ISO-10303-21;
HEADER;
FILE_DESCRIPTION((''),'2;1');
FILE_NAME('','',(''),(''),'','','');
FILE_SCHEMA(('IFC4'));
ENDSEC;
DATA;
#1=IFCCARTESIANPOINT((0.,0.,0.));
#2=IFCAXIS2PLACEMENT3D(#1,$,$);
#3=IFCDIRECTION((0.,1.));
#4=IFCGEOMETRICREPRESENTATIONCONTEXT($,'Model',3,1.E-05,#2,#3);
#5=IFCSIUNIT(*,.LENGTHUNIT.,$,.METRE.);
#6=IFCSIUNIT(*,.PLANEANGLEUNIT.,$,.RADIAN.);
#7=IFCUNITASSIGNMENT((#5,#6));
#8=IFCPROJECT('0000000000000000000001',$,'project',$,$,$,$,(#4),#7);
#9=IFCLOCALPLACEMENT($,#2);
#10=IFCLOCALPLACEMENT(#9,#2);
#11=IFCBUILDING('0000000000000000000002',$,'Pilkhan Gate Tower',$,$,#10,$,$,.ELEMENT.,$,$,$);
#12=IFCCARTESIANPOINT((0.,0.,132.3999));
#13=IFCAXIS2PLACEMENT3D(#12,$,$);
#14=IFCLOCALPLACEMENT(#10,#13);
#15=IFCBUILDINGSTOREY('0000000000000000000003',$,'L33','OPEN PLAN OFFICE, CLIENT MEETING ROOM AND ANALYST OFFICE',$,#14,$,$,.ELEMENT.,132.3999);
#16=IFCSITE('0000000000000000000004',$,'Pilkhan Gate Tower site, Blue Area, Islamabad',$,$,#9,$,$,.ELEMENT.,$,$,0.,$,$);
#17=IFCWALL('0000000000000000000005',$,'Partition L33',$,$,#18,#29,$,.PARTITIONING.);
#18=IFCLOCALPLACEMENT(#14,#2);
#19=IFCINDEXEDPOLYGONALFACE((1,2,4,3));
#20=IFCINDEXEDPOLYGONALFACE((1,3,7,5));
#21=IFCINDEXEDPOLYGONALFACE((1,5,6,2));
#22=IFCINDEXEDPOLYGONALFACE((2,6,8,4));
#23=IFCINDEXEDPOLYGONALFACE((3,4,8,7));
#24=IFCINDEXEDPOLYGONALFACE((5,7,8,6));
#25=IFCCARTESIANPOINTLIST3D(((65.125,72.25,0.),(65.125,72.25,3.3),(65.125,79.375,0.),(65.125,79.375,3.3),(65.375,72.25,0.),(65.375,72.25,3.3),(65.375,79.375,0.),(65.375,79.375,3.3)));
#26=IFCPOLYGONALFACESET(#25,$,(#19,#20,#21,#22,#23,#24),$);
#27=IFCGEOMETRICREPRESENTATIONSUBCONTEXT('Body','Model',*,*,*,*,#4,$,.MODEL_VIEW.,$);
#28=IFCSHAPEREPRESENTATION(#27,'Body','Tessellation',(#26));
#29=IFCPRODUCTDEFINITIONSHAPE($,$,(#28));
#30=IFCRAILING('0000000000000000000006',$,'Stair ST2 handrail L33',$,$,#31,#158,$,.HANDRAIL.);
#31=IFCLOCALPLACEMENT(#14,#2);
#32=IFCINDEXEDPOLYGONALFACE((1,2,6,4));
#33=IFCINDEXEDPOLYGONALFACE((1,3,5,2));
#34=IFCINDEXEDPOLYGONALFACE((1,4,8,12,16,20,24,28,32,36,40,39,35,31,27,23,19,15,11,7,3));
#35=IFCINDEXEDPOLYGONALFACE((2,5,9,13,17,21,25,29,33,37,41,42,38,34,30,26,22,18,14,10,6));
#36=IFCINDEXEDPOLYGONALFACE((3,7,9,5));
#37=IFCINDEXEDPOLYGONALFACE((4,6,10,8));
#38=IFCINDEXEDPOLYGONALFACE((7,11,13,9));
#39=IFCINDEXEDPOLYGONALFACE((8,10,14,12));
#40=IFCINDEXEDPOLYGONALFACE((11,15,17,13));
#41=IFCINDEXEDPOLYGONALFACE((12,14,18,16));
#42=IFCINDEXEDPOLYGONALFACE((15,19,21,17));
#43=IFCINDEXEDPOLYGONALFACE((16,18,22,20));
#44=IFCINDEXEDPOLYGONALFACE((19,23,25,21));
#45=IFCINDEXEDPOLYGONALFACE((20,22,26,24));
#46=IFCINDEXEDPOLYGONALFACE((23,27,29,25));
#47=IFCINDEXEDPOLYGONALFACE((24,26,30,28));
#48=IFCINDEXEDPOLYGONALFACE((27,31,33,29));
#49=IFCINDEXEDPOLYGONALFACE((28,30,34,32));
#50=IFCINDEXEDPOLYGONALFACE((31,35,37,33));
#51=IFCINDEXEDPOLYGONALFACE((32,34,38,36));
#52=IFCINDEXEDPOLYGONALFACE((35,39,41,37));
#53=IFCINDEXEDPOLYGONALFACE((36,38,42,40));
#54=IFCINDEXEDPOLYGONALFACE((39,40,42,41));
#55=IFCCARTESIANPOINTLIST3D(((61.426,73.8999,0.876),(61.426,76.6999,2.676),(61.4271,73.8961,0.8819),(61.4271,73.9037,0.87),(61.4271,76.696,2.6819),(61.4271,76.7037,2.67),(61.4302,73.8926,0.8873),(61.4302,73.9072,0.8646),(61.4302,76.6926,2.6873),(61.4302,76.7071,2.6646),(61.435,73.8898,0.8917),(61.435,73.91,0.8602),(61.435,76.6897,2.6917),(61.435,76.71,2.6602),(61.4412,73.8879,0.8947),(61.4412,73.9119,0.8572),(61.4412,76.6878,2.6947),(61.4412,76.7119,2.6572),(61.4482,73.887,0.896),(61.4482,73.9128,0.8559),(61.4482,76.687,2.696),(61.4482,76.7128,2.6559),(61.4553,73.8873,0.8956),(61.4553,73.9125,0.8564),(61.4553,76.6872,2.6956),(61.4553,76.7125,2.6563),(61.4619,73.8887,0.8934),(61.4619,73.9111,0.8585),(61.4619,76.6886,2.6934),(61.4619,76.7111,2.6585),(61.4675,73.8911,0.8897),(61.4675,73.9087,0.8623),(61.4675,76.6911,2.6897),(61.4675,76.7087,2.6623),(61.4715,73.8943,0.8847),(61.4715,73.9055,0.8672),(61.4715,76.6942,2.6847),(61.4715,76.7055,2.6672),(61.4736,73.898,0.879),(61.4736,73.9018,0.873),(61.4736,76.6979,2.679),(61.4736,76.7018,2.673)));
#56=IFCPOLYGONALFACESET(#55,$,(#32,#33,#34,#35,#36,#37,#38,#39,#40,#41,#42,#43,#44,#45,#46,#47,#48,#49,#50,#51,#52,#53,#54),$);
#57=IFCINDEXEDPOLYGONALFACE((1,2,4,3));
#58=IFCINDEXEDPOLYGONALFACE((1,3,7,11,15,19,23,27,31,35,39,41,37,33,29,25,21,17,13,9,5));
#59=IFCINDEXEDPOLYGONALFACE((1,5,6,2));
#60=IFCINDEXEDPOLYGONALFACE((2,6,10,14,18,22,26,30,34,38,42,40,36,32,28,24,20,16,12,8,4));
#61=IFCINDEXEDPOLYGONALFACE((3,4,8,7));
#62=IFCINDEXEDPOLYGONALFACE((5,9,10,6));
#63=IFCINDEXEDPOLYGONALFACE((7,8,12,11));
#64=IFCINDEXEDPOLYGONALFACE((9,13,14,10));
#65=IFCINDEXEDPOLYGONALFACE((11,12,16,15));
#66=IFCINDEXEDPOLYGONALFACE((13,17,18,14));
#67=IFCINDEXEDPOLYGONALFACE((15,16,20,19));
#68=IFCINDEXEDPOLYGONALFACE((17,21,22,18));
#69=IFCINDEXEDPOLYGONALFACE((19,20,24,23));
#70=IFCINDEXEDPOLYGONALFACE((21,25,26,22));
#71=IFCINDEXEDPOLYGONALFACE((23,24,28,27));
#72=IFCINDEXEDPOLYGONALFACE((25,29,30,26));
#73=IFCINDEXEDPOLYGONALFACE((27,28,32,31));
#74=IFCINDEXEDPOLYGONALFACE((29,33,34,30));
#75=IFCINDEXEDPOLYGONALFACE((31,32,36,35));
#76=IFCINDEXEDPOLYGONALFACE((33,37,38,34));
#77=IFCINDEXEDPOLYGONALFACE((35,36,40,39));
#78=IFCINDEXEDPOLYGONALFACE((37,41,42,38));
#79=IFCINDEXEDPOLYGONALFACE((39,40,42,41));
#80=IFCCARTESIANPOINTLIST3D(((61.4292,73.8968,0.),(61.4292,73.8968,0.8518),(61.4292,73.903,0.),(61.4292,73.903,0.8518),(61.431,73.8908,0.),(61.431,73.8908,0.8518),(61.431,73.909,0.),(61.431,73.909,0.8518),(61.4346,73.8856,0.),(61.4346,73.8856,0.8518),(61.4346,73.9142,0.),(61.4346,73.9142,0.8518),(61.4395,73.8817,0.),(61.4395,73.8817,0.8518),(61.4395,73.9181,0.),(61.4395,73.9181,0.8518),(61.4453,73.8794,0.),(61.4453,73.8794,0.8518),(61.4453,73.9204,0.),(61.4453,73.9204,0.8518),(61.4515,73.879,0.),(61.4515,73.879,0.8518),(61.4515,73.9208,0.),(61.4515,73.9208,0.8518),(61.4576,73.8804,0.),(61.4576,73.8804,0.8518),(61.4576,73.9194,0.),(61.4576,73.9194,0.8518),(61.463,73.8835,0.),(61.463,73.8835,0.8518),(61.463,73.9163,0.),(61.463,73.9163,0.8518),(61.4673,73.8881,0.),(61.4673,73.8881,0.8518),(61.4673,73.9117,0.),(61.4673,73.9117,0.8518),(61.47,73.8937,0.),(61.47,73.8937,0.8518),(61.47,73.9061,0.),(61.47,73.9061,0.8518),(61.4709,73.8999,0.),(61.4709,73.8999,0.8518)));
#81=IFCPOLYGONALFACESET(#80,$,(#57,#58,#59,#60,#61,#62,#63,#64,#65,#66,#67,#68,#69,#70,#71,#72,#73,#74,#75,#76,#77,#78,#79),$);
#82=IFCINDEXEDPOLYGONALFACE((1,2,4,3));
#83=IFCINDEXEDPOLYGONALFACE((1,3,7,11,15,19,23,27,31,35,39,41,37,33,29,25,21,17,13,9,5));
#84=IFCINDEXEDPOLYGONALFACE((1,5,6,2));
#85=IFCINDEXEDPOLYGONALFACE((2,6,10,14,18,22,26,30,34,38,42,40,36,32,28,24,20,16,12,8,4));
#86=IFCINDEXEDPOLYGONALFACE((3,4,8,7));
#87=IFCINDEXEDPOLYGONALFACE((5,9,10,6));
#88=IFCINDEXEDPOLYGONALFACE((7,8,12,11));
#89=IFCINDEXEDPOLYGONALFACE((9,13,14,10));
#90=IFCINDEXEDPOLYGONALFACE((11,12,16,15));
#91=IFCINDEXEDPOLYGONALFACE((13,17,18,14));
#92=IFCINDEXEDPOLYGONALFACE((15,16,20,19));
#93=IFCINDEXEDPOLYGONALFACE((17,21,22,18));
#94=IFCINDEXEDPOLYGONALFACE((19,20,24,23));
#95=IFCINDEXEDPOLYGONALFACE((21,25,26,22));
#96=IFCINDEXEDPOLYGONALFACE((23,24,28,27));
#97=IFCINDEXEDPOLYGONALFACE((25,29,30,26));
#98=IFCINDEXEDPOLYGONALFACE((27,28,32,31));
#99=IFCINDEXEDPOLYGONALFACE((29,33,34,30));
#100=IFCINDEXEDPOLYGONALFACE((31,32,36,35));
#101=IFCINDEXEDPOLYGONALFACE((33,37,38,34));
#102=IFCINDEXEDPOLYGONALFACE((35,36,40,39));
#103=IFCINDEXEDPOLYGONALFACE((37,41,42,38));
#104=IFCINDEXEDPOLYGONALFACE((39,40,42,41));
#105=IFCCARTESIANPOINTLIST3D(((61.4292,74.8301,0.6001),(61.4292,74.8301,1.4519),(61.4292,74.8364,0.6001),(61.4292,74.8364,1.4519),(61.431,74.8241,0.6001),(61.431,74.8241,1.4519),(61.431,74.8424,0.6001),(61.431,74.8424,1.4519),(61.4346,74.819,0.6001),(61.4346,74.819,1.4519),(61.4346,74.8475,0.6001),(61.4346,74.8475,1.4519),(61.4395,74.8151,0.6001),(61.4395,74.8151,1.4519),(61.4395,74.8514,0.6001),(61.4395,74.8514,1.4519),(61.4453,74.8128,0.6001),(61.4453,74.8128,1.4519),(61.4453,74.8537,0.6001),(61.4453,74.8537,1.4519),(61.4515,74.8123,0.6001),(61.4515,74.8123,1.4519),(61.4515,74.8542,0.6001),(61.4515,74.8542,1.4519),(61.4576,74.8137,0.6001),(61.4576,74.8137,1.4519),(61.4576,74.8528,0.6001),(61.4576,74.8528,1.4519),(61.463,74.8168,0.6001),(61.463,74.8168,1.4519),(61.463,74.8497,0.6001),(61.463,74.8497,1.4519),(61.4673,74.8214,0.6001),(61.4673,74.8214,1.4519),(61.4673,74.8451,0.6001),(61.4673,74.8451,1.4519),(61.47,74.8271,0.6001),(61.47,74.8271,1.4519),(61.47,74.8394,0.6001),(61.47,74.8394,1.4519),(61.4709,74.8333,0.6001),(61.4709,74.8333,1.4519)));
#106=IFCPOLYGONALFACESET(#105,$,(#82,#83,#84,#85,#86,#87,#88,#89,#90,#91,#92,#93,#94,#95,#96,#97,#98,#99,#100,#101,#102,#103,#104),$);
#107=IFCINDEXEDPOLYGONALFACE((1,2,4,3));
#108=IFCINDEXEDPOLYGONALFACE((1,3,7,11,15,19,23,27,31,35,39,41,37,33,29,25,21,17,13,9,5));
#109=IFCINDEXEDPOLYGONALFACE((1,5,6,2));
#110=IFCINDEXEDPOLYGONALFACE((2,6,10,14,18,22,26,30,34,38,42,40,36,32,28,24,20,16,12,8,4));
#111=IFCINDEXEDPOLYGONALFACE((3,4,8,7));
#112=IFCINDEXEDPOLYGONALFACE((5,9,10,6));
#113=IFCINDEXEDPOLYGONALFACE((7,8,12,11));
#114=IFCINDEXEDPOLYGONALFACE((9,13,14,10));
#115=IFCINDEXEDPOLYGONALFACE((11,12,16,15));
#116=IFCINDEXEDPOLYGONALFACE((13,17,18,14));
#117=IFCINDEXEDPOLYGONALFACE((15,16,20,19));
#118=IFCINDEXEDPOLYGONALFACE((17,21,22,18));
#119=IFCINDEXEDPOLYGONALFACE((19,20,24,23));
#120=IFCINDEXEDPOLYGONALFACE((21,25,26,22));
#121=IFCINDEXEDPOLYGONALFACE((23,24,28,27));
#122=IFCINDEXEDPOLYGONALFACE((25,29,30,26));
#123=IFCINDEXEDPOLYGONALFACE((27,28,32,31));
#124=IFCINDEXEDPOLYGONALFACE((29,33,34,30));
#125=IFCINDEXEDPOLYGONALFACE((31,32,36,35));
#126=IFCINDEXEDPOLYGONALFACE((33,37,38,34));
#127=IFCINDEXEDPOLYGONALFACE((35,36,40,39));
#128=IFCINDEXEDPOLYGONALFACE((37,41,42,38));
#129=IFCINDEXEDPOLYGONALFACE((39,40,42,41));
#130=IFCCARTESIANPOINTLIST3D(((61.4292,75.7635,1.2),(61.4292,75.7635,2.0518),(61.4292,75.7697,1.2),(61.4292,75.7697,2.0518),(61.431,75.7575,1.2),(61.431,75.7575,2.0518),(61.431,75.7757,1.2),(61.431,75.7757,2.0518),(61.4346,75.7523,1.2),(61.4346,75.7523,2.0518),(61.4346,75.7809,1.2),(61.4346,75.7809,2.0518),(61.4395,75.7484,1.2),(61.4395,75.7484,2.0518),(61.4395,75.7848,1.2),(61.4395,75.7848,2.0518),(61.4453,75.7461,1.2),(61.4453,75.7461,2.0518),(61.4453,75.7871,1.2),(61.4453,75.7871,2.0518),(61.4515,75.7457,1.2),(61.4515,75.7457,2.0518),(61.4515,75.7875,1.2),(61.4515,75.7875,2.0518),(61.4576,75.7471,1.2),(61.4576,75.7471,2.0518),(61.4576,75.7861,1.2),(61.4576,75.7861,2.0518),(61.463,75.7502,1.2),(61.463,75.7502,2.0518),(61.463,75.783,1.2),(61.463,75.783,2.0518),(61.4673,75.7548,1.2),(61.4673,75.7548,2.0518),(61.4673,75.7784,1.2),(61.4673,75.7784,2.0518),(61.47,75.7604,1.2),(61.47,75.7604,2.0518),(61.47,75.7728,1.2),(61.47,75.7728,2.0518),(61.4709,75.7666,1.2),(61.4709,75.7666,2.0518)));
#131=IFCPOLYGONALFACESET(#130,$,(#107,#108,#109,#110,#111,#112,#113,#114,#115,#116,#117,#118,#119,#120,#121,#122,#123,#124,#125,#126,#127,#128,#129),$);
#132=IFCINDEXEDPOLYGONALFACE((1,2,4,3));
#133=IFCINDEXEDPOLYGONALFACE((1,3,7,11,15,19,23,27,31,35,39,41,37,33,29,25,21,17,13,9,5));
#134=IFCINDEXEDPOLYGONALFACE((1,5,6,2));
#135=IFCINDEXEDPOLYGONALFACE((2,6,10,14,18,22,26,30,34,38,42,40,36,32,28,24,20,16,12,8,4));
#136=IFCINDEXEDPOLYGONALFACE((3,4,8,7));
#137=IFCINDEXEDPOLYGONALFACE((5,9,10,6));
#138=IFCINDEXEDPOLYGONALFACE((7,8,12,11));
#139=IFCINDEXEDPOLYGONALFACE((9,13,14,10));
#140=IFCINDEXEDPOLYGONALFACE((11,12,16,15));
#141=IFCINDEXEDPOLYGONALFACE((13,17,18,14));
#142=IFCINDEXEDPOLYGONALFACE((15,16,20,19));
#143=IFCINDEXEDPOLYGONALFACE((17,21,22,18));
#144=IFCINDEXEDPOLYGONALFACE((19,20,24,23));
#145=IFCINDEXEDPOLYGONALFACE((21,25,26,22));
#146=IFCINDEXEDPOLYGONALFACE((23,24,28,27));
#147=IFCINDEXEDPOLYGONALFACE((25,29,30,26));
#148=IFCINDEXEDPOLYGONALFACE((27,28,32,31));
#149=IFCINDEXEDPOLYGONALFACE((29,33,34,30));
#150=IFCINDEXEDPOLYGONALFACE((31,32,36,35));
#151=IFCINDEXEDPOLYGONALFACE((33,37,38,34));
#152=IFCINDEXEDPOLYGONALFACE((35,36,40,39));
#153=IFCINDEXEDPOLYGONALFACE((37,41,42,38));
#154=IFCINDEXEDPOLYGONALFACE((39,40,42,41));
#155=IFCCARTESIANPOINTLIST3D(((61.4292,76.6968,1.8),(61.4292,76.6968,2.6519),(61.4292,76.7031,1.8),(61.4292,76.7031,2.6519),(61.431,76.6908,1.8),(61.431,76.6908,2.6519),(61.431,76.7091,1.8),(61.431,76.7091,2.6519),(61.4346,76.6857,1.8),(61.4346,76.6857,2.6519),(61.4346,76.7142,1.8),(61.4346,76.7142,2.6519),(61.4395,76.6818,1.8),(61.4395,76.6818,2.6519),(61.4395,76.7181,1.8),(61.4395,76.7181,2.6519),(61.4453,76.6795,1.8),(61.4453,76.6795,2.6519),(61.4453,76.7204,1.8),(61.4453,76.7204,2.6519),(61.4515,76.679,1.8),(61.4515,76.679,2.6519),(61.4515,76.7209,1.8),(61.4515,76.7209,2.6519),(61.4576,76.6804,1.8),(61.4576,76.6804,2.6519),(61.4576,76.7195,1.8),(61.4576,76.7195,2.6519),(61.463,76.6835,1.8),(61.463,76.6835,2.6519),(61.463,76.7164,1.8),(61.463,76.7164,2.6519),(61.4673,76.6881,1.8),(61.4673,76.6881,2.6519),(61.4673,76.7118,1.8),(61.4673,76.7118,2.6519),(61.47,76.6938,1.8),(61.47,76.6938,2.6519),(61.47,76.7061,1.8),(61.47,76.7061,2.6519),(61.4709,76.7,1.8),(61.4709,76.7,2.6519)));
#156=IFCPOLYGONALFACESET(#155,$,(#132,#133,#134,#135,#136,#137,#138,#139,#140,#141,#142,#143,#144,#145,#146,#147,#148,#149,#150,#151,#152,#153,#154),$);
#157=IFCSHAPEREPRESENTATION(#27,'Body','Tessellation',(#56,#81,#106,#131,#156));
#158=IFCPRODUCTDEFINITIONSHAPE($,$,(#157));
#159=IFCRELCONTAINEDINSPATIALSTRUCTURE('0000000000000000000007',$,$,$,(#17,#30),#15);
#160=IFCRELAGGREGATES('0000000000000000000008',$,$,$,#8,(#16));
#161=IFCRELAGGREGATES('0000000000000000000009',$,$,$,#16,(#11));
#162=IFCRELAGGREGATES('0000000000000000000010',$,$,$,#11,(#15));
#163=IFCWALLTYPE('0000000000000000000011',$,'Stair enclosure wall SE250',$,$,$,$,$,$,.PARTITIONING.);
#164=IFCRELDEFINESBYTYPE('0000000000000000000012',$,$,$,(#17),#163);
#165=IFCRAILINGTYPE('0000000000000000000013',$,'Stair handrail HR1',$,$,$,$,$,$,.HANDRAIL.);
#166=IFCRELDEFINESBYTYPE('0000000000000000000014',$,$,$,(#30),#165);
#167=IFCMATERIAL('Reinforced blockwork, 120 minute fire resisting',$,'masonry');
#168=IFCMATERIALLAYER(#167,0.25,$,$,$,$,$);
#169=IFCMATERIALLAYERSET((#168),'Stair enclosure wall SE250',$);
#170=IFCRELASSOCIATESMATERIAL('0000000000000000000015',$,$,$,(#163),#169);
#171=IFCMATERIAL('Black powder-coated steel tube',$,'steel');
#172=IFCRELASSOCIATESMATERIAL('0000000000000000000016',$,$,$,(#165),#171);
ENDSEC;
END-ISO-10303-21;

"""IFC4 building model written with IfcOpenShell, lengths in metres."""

from ifc_helpers import new_model, si_unit, direction, frame, frame_2d, origin, origin_2d, place, context, subcontext, project, spatial, rectangle, circle, extrude, material, layer, layer_set, type_object, element, save


model = new_model("IFC4")

# Units and contexts
model_context = context("Model", 3, precision=1e-05, world=origin(), true_north=direction((0.0, 1.0)))
body_context = subcontext(model_context, "Body", "Model", "MODEL_VIEW")
ifc_project = project(units=[si_unit("LENGTHUNIT", "METRE"), si_unit("PLANEANGLEUNIT", "RADIAN")], contexts=[model_context])

# Site, building, storey
site_placement = place(None, origin())
site = spatial("IfcSite", under=ifc_project, at=site_placement, Name="Pilkhan Gate Tower site, Blue Area, Islamabad", CompositionType="ELEMENT", RefElevation=0.0)
building_placement = place(site_placement, origin())
building = spatial("IfcBuilding", under=site, at=building_placement, Name="Pilkhan Gate Tower", CompositionType="ELEMENT")
storey_placement = place(building_placement, frame((0.0, 0.0, 132.3999)))
storey = spatial("IfcBuildingStorey", under=building, at=storey_placement, Name="L33", Description="OPEN PLAN OFFICE, CLIENT MEETING ROOM AND ANALYST OFFICE", CompositionType="ELEMENT", Elevation=132.3999)

# Wall
ifc_material_1 = material(Name="Reinforced blockwork, 120 minute fire resisting", Category="masonry")
ifc_layer_1 = layer(ifc_material_1, 0.25)
ifc_layer_set_1 = layer_set([ifc_layer_1], Name="Stair enclosure wall SE250")
wall_type_1 = type_object("IfcWallType", Name="Stair enclosure wall SE250", PredefinedType="PARTITIONING", material=ifc_layer_set_1)
wall_1_placement = place(storey_placement, frame((65.25, 72.25, 0.0), z_axis=(0.0, 0.0, 1.0), x_axis=(0.0, 1.0, 0.0)))
element("IfcWall", 1, at=wall_1_placement, inside=storey, type_object=wall_type_1, Name="Partition L33", PredefinedType="PARTITIONING", context=body_context, shape_type="SweptSolid", body=[
    extrude(rectangle(XDim=7.125, YDim=0.25, at=frame_2d((3.5625, 0.0))), origin(), (0.0, 0.0, 1.0), 3.3),
])

# Railing
ifc_material_2 = material(Name="Black powder-coated steel tube", Category="steel")
railing_type = type_object("IfcRailingType", Name="Stair handrail HR1", PredefinedType="HANDRAIL", material=ifc_material_2)
railing_placement = place(storey_placement, frame((61.45, 73.8999, 0.0)))
element("IfcRailing", 2, at=railing_placement, inside=storey, type_object=railing_type, Name="Stair ST2 handrail L33", PredefinedType="HANDRAIL", context=body_context, shape_type="SweptSolid", body=[
    extrude(circle(Radius=0.0239, at=origin_2d()), frame((0.0, 0.0, 0.876), z_axis=(0.0, 0.841176, 0.540761), x_axis=(-1.0, 0.0, 0.0)), (0.0, 0.0, 1.0), 3.3286),
    extrude(circle(Radius=0.021, at=origin_2d()), origin(), (0.0, 0.0, 1.0), 0.8518),
    extrude(circle(Radius=0.021, at=origin_2d()), frame((0.0, 0.9333, 0.6001)), (0.0, 0.0, 1.0), 0.8518),
    extrude(circle(Radius=0.021, at=origin_2d()), frame((0.0, 1.8667, 1.2)), (0.0, 0.0, 1.0), 0.8518),
    extrude(circle(Radius=0.021, at=origin_2d()), frame((0.0, 2.8, 1.8)), (0.0, 0.0, 1.0), 0.8518),
])

save(model, "model.ifc")
